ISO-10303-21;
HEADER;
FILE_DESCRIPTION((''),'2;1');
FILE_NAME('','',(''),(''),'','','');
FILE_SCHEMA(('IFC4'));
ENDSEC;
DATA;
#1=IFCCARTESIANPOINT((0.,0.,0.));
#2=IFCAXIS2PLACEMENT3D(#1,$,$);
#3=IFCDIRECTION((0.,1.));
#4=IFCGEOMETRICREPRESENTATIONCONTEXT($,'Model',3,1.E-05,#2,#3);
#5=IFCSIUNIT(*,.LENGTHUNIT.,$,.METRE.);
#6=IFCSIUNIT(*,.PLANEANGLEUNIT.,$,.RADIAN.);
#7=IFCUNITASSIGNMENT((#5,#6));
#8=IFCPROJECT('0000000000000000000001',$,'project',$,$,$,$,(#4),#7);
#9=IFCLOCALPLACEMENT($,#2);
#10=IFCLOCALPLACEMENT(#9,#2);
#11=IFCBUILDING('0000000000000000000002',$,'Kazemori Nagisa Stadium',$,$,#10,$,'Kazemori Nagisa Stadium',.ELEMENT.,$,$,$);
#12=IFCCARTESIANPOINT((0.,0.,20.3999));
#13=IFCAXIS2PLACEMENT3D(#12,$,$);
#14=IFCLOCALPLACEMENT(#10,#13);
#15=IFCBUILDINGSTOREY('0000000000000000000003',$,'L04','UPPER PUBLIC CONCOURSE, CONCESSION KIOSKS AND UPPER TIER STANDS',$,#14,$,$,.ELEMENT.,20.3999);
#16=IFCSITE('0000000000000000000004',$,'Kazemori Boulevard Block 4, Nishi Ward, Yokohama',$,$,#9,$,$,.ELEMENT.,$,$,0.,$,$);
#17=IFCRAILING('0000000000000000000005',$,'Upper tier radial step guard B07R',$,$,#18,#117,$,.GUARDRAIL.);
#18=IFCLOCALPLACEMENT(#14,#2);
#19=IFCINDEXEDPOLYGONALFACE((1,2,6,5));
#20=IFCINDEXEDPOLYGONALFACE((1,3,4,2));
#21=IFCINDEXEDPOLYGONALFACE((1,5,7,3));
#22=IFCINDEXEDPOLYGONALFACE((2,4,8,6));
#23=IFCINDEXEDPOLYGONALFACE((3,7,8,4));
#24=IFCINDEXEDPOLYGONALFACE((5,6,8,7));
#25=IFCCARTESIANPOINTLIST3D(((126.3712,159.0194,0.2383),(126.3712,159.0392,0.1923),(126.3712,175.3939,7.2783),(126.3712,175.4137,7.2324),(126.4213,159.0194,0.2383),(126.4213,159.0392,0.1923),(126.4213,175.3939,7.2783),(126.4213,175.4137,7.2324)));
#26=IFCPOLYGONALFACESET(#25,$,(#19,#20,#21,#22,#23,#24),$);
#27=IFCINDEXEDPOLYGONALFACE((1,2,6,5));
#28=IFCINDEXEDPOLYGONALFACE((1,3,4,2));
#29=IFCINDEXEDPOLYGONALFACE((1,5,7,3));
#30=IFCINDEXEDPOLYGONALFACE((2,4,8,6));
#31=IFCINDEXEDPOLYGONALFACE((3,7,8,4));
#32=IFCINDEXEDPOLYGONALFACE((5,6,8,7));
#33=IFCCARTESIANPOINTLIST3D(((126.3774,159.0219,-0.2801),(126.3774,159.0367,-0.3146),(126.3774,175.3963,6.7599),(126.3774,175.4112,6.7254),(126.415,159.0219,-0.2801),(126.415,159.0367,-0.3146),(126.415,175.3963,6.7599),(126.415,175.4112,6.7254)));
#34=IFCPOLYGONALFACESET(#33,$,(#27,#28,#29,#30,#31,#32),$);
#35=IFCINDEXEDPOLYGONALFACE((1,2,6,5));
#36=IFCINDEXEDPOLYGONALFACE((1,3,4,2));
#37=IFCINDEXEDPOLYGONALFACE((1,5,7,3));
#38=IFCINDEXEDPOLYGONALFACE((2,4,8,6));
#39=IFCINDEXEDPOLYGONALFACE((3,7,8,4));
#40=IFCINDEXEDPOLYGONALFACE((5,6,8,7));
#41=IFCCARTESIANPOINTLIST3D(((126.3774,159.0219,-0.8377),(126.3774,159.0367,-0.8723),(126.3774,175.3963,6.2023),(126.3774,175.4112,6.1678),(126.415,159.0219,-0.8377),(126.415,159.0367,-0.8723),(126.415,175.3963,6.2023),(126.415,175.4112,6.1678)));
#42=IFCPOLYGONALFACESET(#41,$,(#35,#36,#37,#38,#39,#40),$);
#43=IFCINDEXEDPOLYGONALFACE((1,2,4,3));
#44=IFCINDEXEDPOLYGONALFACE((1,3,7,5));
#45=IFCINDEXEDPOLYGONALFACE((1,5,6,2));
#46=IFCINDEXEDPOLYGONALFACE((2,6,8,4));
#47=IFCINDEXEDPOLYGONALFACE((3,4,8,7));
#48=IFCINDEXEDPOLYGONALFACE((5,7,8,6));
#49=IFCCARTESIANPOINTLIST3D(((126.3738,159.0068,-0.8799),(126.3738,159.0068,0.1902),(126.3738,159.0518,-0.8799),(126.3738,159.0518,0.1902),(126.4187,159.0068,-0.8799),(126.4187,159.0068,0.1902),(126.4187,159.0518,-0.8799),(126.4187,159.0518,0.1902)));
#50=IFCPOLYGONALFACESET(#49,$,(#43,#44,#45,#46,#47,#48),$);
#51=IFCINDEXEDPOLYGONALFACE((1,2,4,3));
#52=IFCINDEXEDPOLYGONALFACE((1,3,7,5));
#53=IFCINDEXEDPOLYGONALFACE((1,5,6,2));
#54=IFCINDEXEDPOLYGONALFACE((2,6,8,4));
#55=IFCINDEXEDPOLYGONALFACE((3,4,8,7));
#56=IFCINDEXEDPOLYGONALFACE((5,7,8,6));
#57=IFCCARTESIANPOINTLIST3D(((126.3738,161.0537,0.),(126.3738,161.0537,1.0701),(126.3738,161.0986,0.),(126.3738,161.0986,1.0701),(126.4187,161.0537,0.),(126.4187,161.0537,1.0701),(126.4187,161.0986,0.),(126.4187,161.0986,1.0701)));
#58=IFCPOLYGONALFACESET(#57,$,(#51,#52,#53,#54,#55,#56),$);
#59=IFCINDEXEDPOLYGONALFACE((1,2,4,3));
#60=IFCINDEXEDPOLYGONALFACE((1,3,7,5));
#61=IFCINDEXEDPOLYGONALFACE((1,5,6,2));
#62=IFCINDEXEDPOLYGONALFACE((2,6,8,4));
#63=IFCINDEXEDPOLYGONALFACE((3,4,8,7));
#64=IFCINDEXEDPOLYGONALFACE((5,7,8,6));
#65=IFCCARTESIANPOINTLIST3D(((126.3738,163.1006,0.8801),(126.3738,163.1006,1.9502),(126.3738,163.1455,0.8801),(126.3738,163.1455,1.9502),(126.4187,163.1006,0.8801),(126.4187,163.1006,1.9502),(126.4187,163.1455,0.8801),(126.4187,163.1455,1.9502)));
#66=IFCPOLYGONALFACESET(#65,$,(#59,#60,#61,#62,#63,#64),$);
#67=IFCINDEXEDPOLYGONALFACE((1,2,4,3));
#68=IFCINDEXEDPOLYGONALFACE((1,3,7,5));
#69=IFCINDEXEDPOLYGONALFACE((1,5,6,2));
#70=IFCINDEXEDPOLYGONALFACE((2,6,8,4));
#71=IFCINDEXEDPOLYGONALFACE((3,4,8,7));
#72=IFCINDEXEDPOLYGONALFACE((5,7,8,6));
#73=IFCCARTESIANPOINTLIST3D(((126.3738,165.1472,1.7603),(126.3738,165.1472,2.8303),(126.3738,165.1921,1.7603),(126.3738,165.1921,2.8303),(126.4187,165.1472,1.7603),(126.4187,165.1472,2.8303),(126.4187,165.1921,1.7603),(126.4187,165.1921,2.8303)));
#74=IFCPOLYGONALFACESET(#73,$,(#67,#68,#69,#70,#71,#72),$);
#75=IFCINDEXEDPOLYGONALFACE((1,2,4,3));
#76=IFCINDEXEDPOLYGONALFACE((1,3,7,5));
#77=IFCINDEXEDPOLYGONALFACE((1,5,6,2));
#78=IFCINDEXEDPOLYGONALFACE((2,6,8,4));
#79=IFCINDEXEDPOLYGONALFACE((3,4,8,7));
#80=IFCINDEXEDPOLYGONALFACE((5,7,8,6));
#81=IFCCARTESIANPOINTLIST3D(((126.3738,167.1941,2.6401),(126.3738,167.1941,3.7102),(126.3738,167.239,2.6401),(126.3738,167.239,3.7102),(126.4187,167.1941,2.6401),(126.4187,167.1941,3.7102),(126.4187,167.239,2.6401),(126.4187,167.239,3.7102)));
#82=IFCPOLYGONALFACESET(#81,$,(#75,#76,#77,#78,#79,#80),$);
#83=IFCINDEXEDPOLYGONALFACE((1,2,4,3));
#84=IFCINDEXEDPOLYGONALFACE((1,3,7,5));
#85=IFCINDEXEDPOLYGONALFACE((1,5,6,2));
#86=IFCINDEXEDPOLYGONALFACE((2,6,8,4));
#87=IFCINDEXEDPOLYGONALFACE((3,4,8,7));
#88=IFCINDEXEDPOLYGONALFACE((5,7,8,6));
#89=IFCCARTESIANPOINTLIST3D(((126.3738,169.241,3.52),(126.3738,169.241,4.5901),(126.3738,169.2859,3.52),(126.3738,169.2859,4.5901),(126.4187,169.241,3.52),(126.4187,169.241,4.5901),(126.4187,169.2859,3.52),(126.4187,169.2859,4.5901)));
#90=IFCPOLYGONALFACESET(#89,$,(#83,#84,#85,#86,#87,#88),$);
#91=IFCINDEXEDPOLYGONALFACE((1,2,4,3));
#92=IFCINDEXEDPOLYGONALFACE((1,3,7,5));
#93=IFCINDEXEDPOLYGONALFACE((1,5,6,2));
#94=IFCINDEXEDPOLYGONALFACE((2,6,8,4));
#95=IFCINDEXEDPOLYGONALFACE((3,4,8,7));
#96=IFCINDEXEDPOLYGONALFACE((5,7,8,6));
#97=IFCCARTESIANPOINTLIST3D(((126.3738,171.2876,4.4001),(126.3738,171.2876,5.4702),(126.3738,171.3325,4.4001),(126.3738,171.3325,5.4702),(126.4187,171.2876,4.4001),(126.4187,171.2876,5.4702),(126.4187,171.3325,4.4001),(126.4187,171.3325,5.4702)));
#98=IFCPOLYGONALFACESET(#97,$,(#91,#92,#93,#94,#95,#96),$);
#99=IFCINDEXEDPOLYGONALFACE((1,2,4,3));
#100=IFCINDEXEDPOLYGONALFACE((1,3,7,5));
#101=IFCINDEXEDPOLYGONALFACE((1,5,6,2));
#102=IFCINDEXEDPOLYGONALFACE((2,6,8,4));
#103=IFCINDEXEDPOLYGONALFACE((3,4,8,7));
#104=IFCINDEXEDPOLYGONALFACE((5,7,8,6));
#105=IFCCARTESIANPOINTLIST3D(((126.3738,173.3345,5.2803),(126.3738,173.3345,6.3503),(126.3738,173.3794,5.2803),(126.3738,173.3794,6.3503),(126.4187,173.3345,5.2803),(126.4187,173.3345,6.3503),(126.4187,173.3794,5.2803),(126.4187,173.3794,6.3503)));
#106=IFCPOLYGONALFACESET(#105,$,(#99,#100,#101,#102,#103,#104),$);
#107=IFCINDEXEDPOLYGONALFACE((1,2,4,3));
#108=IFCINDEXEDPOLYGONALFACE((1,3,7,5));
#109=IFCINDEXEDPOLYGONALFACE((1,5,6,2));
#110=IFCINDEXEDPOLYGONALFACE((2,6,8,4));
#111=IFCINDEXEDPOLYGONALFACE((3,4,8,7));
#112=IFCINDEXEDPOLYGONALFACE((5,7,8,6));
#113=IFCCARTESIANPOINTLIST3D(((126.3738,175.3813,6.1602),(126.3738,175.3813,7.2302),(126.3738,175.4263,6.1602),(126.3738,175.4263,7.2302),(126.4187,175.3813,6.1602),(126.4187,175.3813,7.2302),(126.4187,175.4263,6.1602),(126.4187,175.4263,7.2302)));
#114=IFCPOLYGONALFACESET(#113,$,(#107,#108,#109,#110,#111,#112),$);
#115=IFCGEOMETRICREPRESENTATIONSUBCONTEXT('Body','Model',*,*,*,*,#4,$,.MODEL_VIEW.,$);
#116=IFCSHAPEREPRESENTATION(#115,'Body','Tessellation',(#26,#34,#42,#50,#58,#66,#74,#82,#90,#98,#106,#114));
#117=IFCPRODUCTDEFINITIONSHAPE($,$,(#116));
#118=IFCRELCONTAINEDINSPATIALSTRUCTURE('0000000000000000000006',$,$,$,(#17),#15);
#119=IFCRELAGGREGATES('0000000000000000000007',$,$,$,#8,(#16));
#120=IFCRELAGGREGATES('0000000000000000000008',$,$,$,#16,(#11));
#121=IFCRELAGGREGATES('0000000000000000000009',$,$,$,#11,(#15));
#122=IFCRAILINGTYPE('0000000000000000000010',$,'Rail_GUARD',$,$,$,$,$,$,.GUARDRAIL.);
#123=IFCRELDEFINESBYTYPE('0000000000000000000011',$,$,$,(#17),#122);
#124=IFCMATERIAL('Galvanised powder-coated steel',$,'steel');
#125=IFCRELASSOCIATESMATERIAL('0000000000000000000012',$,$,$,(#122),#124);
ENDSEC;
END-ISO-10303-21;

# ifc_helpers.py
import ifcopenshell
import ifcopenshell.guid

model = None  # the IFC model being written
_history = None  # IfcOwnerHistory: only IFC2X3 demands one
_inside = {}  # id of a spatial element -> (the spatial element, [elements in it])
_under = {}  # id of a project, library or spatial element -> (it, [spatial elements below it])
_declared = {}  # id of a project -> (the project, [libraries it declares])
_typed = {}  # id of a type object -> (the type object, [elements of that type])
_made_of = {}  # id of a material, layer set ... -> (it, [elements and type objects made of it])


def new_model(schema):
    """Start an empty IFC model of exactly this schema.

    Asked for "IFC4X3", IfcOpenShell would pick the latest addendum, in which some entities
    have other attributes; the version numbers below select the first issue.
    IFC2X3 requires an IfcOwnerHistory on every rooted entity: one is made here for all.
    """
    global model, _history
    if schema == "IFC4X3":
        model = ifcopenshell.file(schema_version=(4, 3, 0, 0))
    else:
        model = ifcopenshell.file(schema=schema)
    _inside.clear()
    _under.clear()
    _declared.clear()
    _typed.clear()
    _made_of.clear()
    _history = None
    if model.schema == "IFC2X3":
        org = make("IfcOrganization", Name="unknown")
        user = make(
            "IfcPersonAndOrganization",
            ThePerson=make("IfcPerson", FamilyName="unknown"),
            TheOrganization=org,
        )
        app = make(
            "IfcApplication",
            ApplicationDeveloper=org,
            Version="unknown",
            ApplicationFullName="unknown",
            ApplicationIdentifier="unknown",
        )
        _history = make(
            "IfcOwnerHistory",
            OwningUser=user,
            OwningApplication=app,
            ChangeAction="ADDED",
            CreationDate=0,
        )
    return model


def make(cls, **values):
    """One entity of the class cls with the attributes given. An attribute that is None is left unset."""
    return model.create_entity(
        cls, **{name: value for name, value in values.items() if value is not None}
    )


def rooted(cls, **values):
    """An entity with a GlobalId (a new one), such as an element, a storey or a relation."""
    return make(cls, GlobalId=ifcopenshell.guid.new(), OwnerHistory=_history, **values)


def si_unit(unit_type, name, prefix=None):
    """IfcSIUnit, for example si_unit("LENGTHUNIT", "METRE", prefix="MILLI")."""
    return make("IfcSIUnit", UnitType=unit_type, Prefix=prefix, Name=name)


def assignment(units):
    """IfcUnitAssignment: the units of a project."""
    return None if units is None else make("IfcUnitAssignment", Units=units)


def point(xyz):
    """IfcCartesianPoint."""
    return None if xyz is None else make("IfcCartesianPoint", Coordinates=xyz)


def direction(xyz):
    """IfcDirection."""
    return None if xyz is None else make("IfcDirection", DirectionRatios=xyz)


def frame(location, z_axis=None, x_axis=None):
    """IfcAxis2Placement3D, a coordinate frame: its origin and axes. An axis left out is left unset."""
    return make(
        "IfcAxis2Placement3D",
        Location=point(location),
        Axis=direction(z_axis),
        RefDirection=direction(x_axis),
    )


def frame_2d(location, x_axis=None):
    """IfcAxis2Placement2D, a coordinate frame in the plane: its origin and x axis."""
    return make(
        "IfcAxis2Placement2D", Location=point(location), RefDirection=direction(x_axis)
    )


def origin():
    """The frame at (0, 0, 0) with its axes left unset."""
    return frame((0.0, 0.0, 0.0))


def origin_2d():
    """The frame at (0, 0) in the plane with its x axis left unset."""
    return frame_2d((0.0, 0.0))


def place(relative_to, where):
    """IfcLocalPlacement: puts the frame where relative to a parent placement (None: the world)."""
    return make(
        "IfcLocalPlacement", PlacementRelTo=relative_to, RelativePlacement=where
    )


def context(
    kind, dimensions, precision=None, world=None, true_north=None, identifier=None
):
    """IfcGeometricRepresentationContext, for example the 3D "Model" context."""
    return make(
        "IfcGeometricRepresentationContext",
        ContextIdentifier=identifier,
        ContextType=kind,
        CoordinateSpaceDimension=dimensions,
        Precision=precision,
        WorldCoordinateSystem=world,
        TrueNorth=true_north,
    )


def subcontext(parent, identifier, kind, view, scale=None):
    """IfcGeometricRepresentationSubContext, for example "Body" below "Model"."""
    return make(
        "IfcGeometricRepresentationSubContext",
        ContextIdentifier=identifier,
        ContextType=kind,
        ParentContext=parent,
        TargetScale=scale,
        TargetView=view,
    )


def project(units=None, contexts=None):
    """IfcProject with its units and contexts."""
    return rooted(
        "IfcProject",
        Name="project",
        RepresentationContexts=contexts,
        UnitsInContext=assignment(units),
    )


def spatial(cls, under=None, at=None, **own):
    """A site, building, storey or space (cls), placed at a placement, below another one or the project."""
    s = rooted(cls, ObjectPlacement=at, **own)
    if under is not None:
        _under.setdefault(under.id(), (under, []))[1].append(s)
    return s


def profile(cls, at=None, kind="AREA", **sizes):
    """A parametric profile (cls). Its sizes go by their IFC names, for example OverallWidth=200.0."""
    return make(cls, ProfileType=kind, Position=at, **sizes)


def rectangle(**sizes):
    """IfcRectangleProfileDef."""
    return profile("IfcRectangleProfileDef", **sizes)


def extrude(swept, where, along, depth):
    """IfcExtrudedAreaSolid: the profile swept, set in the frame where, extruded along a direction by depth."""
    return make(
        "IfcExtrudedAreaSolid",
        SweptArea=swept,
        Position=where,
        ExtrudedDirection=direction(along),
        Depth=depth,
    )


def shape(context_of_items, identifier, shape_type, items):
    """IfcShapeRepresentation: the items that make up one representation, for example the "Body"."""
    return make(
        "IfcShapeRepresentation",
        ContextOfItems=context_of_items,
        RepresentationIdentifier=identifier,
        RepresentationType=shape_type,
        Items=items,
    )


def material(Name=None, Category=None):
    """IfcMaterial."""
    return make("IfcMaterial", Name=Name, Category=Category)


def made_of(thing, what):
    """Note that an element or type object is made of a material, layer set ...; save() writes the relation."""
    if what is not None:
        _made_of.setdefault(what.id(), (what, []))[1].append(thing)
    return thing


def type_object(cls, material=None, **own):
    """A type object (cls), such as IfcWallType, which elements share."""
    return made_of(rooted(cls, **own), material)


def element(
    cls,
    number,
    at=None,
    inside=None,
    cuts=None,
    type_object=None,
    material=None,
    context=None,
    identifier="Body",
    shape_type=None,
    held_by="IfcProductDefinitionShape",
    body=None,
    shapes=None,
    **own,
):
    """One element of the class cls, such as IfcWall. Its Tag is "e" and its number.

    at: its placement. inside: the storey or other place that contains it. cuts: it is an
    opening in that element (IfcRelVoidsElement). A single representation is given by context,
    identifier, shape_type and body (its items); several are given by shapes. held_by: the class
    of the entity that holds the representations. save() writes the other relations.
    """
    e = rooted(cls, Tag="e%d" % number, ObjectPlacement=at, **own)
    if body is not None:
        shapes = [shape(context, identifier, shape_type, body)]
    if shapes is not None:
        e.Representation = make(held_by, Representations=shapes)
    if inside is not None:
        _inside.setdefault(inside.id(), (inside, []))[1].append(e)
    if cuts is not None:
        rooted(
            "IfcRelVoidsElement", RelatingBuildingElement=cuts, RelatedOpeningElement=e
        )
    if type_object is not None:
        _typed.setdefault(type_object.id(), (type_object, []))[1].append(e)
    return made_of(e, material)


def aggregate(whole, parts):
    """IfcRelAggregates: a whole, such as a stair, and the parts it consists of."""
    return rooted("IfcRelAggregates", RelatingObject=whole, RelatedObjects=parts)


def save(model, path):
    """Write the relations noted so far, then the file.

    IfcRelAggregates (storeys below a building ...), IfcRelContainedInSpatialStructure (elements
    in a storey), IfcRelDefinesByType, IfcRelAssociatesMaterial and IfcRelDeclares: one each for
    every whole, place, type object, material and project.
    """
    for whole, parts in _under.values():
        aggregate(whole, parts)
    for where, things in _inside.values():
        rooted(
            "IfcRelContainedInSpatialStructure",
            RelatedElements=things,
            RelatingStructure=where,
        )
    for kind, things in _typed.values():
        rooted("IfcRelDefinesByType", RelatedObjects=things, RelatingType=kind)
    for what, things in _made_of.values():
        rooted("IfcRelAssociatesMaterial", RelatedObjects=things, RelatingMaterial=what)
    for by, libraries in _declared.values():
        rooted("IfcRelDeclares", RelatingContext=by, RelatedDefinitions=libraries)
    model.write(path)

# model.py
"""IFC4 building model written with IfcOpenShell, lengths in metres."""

from ifc_helpers import new_model, si_unit, direction, frame, origin, origin_2d, place, context, subcontext, project, spatial, rectangle, extrude, material, type_object, element, save


model = new_model("IFC4")

# Units and contexts
model_context = context("Model", 3, precision=1e-05, world=origin(), true_north=direction((0.0, 1.0)))
body_context = subcontext(model_context, "Body", "Model", "MODEL_VIEW")
ifc_project = project(units=[si_unit("LENGTHUNIT", "METRE"), si_unit("PLANEANGLEUNIT", "RADIAN")], contexts=[model_context])

# Site, building, storey
site_placement = place(None, origin())
site = spatial("IfcSite", under=ifc_project, at=site_placement, Name="Kazemori Boulevard Block 4, Nishi Ward, Yokohama", CompositionType="ELEMENT", RefElevation=0.0)
building_placement = place(site_placement, origin())
building = spatial("IfcBuilding", under=site, at=building_placement, Name="Kazemori Nagisa Stadium", LongName="Kazemori Nagisa Stadium", CompositionType="ELEMENT")
storey_placement = place(building_placement, frame((0.0, 0.0, 20.3999)))
storey = spatial("IfcBuildingStorey", under=building, at=storey_placement, Name="L04", Description="UPPER PUBLIC CONCOURSE, CONCESSION KIOSKS AND UPPER TIER STANDS", CompositionType="ELEMENT", Elevation=20.3999)

# Railing
ifc_material_1 = material(Name="Galvanised powder-coated steel", Category="steel")
railing_type_1 = type_object("IfcRailingType", Name="Rail_GUARD", PredefinedType="GUARDRAIL", material=ifc_material_1)
railing_1_placement = place(storey_placement, frame((126.3962, 159.0293, -0.8799)))
element("IfcRailing", 1, at=railing_1_placement, inside=storey, type_object=railing_type_1, Name="Upper tier radial step guard B07R", PredefinedType="GUARDRAIL", context=body_context, shape_type="SweptSolid", body=[
    extrude(rectangle(XDim=0.05, YDim=0.05, at=origin_2d()), frame((0.0, 0.0, 1.0952), z_axis=(0.0, 0.91869, 0.39498), x_axis=(-1.0, 0.0, 0.0)), (0.0, 0.0, 1.0), 17.8237),
    extrude(rectangle(XDim=0.0376, YDim=0.0376, at=origin_2d()), frame((0.0, 0.0, 0.5825), z_axis=(0.0, 0.91869, 0.39498), x_axis=(-1.0, 0.0, 0.0)), (0.0, 0.0, 1.0), 17.8237),
    extrude(rectangle(XDim=0.0376, YDim=0.0376, at=origin_2d()), frame((0.0, 0.0, 0.0249), z_axis=(0.0, 0.91869, 0.39498), x_axis=(-1.0, 0.0, 0.0)), (0.0, 0.0, 1.0), 17.8237),
    extrude(rectangle(XDim=0.0449, YDim=0.0449, at=origin_2d()), origin(), (0.0, 0.0, 1.0), 1.0701),
    extrude(rectangle(XDim=0.0449, YDim=0.0449, at=origin_2d()), frame((0.0, 2.0469, 0.8799)), (0.0, 0.0, 1.0), 1.0701),
    extrude(rectangle(XDim=0.0449, YDim=0.0449, at=origin_2d()), frame((0.0, 4.0938, 1.76)), (0.0, 0.0, 1.0), 1.0701),
    extrude(rectangle(XDim=0.0449, YDim=0.0449, at=origin_2d()), frame((0.0, 6.1404, 2.6401)), (0.0, 0.0, 1.0), 1.0701),
    extrude(rectangle(XDim=0.0449, YDim=0.0449, at=origin_2d()), frame((0.0, 8.1873, 3.52)), (0.0, 0.0, 1.0), 1.0701),
    extrude(rectangle(XDim=0.0449, YDim=0.0449, at=origin_2d()), frame((0.0, 10.2341, 4.3999)), (0.0, 0.0, 1.0), 1.0701),
    extrude(rectangle(XDim=0.0449, YDim=0.0449, at=origin_2d()), frame((0.0, 12.2808, 5.28)), (0.0, 0.0, 1.0), 1.0701),
    extrude(rectangle(XDim=0.0449, YDim=0.0449, at=origin_2d()), frame((0.0, 14.3276, 6.1602)), (0.0, 0.0, 1.0), 1.0701),
    extrude(rectangle(XDim=0.0449, YDim=0.0449, at=origin_2d()), frame((0.0, 16.3745, 7.04)), (0.0, 0.0, 1.0), 1.0701),
])

save(model, "model.ifc")
